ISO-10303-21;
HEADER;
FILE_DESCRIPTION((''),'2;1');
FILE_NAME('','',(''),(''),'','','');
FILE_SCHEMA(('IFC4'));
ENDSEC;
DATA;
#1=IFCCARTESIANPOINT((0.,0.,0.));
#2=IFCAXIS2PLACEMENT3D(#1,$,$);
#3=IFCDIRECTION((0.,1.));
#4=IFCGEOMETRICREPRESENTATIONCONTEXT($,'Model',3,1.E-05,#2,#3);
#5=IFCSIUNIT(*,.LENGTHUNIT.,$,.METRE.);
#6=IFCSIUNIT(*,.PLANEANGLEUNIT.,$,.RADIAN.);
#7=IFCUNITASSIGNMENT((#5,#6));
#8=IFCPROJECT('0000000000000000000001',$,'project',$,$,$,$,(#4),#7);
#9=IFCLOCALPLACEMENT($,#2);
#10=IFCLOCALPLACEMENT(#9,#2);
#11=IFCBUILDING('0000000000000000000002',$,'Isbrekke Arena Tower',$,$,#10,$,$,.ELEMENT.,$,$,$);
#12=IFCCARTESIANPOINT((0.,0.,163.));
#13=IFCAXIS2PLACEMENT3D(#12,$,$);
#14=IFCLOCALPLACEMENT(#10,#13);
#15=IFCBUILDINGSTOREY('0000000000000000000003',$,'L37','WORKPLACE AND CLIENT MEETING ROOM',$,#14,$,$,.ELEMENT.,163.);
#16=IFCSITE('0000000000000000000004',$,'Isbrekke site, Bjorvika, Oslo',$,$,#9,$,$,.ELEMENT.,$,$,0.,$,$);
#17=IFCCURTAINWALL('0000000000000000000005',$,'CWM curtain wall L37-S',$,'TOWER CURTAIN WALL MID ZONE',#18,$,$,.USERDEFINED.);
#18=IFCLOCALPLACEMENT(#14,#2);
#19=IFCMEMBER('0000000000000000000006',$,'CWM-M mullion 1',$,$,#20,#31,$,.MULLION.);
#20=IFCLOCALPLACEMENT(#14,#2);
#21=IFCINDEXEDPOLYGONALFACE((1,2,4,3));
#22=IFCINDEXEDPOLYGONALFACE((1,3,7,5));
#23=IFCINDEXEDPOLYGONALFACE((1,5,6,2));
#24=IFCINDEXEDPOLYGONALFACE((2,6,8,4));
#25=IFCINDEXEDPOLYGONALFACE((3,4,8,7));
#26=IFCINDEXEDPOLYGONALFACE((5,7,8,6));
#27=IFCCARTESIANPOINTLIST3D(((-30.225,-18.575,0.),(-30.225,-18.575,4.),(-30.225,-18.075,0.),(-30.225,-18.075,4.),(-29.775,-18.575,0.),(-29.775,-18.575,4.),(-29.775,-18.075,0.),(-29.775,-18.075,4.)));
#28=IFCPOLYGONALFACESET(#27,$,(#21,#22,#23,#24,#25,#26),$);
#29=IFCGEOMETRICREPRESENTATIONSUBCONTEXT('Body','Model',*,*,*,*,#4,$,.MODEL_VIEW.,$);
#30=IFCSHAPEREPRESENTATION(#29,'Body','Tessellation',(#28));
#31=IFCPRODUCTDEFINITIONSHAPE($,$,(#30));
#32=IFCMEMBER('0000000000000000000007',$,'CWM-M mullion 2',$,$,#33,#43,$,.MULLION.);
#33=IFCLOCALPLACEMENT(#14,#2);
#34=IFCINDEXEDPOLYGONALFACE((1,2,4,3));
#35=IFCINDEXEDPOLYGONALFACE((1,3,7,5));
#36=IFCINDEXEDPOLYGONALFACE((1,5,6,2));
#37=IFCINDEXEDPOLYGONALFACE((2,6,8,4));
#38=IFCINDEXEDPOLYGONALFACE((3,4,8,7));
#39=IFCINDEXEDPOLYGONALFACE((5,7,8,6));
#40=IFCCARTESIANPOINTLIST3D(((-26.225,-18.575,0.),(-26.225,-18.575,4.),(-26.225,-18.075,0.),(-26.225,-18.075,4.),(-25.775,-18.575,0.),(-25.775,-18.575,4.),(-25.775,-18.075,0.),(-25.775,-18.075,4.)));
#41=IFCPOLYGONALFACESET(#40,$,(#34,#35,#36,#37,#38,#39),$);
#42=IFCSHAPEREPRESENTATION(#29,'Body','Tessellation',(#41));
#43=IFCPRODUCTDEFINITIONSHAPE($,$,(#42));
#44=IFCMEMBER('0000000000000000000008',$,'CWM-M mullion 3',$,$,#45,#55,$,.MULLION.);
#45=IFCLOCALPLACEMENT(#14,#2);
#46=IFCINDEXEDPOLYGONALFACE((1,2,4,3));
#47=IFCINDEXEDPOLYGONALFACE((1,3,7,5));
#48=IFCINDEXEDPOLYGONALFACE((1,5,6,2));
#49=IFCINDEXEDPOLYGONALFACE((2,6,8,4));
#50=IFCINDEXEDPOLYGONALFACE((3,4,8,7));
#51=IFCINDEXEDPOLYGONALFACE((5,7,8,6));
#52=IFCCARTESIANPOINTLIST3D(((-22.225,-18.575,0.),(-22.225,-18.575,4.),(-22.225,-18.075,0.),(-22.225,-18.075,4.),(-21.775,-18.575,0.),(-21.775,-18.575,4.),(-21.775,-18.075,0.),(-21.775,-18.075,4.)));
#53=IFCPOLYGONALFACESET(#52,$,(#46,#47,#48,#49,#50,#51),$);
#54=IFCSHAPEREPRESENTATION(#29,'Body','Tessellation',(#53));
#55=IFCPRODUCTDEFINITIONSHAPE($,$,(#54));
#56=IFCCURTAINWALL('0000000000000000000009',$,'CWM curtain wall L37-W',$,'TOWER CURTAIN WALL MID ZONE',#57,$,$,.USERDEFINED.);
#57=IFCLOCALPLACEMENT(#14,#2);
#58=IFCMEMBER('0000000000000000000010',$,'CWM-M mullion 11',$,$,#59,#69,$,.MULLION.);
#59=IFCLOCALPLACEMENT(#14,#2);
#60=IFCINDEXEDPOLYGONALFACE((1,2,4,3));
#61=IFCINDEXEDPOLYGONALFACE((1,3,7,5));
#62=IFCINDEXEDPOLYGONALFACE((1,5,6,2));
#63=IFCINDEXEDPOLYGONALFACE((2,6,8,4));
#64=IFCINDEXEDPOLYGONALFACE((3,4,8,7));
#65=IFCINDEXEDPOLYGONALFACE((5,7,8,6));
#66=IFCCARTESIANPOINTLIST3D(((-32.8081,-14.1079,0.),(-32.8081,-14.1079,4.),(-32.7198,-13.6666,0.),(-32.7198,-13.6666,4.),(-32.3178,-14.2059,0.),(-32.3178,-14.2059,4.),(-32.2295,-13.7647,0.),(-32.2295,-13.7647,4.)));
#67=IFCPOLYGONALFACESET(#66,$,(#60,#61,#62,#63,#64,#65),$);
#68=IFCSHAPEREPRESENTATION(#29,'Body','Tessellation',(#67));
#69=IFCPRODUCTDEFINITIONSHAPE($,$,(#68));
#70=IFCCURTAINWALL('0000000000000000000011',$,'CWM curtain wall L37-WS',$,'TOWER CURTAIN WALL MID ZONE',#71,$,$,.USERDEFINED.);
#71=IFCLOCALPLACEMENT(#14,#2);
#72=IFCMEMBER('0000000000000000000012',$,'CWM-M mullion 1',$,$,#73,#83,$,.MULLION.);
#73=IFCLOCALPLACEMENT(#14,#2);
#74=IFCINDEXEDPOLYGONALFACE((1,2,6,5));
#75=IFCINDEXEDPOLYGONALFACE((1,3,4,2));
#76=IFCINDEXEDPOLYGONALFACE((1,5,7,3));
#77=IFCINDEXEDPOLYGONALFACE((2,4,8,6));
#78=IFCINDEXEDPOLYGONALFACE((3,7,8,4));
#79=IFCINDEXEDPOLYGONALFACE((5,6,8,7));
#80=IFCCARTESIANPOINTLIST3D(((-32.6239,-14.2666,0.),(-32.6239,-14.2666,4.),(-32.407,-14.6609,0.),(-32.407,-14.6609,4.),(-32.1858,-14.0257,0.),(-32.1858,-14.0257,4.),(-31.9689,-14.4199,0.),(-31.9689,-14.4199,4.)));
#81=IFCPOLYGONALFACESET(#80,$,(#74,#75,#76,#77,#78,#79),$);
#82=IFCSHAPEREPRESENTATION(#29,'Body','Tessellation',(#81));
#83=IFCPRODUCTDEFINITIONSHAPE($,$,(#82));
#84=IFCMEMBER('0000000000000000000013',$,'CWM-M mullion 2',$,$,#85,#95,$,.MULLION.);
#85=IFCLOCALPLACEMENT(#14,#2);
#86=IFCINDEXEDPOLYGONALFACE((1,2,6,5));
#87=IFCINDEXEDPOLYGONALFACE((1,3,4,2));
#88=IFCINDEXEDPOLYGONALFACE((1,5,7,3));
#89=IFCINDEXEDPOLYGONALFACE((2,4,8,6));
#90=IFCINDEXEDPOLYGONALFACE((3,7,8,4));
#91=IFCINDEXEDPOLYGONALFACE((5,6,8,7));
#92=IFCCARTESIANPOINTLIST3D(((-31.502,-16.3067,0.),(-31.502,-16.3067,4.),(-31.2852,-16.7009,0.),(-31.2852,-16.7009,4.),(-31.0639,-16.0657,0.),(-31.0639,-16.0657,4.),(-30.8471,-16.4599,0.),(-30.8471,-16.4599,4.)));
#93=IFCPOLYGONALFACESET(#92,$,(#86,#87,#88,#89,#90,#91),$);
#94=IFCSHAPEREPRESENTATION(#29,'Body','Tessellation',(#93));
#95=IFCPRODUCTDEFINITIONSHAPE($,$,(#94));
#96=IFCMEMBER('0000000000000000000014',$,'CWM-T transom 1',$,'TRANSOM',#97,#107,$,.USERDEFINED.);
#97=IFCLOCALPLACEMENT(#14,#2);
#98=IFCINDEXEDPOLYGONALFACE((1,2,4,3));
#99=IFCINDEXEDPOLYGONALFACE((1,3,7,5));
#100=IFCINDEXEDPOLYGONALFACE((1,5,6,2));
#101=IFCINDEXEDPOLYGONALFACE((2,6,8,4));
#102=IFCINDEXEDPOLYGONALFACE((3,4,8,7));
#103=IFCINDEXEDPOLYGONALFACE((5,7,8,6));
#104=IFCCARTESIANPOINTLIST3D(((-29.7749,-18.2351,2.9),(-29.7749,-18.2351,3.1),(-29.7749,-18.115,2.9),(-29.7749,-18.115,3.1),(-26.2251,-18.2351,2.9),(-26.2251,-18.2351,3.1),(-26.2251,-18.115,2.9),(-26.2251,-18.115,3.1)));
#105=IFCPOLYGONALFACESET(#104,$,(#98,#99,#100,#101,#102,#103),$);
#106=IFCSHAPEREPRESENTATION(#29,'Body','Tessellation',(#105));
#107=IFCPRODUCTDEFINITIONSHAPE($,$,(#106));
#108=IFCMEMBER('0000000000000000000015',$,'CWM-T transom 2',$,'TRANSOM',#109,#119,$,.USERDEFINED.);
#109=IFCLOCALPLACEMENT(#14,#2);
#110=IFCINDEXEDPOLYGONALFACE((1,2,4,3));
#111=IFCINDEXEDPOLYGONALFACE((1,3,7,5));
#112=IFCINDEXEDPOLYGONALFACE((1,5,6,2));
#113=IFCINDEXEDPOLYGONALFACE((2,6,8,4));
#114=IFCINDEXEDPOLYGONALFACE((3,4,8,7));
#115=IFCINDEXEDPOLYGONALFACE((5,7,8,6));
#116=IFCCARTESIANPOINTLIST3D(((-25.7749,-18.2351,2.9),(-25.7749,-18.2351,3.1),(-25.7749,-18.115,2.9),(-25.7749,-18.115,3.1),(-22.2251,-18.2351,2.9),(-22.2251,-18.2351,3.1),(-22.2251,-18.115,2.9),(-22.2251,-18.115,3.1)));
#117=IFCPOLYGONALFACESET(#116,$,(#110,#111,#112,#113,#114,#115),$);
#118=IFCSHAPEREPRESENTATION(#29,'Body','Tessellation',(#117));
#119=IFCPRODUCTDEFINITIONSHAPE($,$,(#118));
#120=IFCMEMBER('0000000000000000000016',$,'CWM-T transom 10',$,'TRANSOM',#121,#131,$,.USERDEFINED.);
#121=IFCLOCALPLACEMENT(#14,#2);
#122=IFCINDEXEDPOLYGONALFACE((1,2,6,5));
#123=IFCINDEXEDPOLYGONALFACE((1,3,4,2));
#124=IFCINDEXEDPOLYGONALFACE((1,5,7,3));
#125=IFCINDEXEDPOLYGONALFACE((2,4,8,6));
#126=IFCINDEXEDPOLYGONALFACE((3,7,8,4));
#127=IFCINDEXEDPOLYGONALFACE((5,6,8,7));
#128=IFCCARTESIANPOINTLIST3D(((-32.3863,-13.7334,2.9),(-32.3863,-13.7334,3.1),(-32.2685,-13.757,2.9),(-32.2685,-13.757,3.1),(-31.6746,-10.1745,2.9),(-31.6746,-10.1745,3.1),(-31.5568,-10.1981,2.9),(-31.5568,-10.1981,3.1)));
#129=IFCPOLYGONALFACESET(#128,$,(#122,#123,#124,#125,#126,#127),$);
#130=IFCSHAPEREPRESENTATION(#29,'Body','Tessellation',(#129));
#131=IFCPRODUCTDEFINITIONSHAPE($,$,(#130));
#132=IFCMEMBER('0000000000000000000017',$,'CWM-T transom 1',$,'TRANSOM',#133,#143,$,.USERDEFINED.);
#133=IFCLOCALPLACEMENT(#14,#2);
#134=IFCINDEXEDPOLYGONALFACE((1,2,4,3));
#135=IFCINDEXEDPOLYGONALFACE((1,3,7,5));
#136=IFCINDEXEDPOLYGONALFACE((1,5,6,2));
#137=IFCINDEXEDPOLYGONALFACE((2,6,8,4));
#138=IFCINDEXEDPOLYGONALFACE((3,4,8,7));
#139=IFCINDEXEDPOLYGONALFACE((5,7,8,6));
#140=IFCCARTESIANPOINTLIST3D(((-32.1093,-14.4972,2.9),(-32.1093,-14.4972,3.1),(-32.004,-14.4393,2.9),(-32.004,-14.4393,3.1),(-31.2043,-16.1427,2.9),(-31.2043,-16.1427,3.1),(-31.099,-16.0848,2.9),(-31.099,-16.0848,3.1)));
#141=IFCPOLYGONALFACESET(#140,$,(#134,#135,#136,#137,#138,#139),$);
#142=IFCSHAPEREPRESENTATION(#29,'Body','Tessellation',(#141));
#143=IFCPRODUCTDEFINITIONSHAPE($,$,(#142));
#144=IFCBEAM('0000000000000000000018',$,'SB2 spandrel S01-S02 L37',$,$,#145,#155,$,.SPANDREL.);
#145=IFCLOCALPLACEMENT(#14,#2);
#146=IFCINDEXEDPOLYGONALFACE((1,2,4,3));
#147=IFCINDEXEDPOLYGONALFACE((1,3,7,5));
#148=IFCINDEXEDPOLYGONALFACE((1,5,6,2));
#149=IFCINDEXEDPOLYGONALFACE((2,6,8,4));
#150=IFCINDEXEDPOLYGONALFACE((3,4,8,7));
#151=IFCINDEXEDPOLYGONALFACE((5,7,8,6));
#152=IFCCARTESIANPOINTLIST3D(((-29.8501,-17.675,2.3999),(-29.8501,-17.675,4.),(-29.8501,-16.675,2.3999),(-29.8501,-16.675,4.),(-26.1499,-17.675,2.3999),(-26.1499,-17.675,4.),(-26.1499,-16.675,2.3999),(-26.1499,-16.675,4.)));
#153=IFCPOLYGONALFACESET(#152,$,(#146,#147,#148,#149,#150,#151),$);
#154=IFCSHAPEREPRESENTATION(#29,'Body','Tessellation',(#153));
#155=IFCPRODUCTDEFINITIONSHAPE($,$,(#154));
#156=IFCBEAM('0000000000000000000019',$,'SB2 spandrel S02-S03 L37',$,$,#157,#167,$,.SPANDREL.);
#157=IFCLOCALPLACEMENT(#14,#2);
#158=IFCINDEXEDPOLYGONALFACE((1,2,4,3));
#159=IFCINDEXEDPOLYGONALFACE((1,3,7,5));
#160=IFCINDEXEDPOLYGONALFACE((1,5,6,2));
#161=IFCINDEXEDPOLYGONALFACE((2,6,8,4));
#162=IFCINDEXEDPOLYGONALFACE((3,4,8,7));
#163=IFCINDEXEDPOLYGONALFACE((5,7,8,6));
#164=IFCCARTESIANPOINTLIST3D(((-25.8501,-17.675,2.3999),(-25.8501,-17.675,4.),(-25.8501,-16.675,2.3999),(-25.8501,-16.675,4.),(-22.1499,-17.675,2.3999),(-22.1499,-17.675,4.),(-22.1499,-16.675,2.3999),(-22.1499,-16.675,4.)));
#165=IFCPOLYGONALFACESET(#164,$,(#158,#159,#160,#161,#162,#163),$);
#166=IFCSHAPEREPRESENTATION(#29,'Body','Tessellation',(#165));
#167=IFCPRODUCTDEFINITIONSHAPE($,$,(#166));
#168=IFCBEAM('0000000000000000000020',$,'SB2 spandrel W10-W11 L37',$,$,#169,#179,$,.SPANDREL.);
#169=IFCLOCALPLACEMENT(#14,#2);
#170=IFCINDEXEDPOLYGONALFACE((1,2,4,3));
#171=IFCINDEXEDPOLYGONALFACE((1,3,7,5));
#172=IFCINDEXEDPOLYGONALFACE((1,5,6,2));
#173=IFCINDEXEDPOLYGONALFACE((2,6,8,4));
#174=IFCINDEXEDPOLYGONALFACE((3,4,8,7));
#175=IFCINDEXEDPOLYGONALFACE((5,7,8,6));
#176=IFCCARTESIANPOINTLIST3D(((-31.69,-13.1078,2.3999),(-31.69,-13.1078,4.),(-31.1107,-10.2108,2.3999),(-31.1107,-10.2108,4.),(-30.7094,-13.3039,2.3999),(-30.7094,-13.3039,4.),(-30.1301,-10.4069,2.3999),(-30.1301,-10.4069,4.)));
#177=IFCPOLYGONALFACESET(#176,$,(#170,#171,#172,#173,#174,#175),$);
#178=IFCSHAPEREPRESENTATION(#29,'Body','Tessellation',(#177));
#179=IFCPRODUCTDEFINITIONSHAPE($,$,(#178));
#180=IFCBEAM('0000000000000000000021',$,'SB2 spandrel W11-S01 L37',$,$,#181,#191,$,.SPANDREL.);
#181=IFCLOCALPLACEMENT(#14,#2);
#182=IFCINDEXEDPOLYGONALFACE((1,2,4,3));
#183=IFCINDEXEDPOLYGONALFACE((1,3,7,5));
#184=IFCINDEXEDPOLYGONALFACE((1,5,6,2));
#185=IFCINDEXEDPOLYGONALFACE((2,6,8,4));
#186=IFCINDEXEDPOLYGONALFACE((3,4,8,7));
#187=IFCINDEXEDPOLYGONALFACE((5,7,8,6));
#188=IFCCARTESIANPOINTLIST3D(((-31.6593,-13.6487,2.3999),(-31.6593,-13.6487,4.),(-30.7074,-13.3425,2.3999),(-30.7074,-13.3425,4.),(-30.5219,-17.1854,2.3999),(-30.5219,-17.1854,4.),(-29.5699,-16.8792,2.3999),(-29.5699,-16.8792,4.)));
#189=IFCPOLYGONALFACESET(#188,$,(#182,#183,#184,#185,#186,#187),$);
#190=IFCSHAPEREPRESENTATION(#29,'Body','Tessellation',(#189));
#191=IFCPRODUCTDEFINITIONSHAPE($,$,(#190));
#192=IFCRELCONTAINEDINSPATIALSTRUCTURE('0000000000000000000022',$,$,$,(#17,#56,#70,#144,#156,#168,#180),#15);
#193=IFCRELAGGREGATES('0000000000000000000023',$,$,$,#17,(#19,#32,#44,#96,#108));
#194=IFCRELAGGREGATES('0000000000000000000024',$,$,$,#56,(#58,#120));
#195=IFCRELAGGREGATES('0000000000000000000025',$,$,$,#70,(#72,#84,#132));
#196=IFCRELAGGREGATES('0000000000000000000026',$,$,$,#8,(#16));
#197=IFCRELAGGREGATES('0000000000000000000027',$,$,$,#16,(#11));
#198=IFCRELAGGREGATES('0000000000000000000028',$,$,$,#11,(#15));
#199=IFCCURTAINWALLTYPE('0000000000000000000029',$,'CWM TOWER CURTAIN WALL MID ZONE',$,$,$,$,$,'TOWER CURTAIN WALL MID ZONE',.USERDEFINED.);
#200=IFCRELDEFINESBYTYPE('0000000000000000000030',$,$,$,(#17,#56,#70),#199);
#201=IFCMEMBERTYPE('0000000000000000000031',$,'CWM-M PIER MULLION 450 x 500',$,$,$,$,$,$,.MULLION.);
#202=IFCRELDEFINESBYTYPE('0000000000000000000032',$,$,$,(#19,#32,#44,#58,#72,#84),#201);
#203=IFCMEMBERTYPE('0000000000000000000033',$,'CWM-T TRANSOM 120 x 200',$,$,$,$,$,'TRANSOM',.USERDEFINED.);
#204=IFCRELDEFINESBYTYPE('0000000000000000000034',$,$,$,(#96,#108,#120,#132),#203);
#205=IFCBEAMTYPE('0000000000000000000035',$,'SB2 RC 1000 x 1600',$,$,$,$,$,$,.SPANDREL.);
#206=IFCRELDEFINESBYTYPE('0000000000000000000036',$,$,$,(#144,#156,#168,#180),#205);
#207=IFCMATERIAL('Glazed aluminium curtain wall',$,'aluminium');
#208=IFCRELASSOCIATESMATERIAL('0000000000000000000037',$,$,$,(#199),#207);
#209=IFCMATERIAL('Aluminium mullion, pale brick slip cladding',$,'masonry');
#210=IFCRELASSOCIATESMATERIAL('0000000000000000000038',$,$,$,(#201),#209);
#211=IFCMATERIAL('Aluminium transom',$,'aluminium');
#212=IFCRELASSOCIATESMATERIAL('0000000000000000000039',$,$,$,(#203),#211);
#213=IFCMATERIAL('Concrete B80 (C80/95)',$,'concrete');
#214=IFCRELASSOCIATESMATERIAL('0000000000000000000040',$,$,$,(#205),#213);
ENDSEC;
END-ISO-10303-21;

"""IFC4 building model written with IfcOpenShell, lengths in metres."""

from ifc_helpers import new_model, si_unit, direction, frame, origin, origin_2d, place, context, subcontext, project, spatial, rectangle, extrude, material, material_profile, profile_set, type_object, element, aggregate, save


model = new_model("IFC4")

# Units and contexts
model_context = context("Model", 3, precision=1e-05, world=origin(), true_north=direction((0.0, 1.0)))
body_context = subcontext(model_context, "Body", "Model", "MODEL_VIEW")
ifc_project = project(units=[si_unit("LENGTHUNIT", "METRE"), si_unit("PLANEANGLEUNIT", "RADIAN")], contexts=[model_context])

# Site, building, storey
site_placement = place(None, origin())
site = spatial("IfcSite", under=ifc_project, at=site_placement, Name="Isbrekke site, Bjorvika, Oslo", CompositionType="ELEMENT", RefElevation=0.0)
building_placement = place(site_placement, origin())
building = spatial("IfcBuilding", under=site, at=building_placement, Name="Isbrekke Arena Tower", CompositionType="ELEMENT")
storey_placement = place(building_placement, frame((0.0, 0.0, 163.0)))
storey = spatial("IfcBuildingStorey", under=building, at=storey_placement, Name="L37", Description="WORKPLACE AND CLIENT MEETING ROOM", CompositionType="ELEMENT", Elevation=163.0)

# Curtain wall, members
ifc_material_1 = material(Name="Glazed aluminium curtain wall", Category="aluminium")
curtain_wall_type = type_object("IfcCurtainWallType", Name="CWM TOWER CURTAIN WALL MID ZONE", ElementType="TOWER CURTAIN WALL MID ZONE", PredefinedType="USERDEFINED", material=ifc_material_1)
curtain_wall_1_placement = place(storey_placement, origin())
curtain_wall_1 = element("IfcCurtainWall", 1, at=curtain_wall_1_placement, inside=storey, type_object=curtain_wall_type, Name="CWM curtain wall L37-S", ObjectType="TOWER CURTAIN WALL MID ZONE", PredefinedType="USERDEFINED")
ifc_material_2 = material(Name="Aluminium mullion, pale brick slip cladding", Category="masonry")
ifc_material_profile_1 = material_profile(ifc_material_2, rectangle(XDim=0.45, YDim=0.5, at=origin_2d()), Name="PIER 450X500")
ifc_profile_set_1 = profile_set([ifc_material_profile_1], Name="Aluminium mullion, pale brick slip cladding")
member_type_1 = type_object("IfcMemberType", Name="CWM-M PIER MULLION 450 x 500", PredefinedType="MULLION", material=ifc_profile_set_1)
member_1_placement = place(storey_placement, frame((-30.0, -18.325, 0.0), z_axis=(0.0, 0.0, 1.0), x_axis=(1.0, 0.0, 0.0)))
member_1 = element("IfcMember", 2, at=member_1_placement, type_object=member_type_1, Name="CWM-M mullion 1", PredefinedType="MULLION", context=body_context, shape_type="SweptSolid", body=[
    extrude(rectangle(XDim=0.45, YDim=0.5, at=origin_2d()), origin(), (0.0, 0.0, 1.0), 4.0),
])
member_2_placement = place(storey_placement, frame((-26.0, -18.325, 0.0), z_axis=(0.0, 0.0, 1.0), x_axis=(1.0, 0.0, 0.0)))
member_2 = element("IfcMember", 3, at=member_2_placement, type_object=member_type_1, Name="CWM-M mullion 2", PredefinedType="MULLION", context=body_context, shape_type="SweptSolid", body=[
    extrude(rectangle(XDim=0.45, YDim=0.5, at=origin_2d()), origin(), (0.0, 0.0, 1.0), 4.0),
])
member_3_placement = place(storey_placement, frame((-22.0, -18.325, 0.0), z_axis=(0.0, 0.0, 1.0), x_axis=(1.0, 0.0, 0.0)))
member_3 = element("IfcMember", 4, at=member_3_placement, type_object=member_type_1, Name="CWM-M mullion 3", PredefinedType="MULLION", context=body_context, shape_type="SweptSolid", body=[
    extrude(rectangle(XDim=0.45, YDim=0.5, at=origin_2d()), origin(), (0.0, 0.0, 1.0), 4.0),
])

# Curtain wall, member
curtain_wall_2_placement = place(storey_placement, origin())
curtain_wall_2 = element("IfcCurtainWall", 5, at=curtain_wall_2_placement, inside=storey, type_object=curtain_wall_type, Name="CWM curtain wall L37-W", ObjectType="TOWER CURTAIN WALL MID ZONE", PredefinedType="USERDEFINED")
member_4_placement = place(storey_placement, frame((-32.5188, -13.9363, 0.0), z_axis=(0.0, 0.0, 1.0), x_axis=(-0.196116, -0.980581, 0.0)))
member_4 = element("IfcMember", 6, at=member_4_placement, type_object=member_type_1, Name="CWM-M mullion 11", PredefinedType="MULLION", context=body_context, shape_type="SweptSolid", body=[
    extrude(rectangle(XDim=0.45, YDim=0.5, at=origin_2d()), origin(), (0.0, 0.0, 1.0), 4.0),
])

# Curtain wall, members
curtain_wall_3_placement = place(storey_placement, origin())
curtain_wall_3 = element("IfcCurtainWall", 7, at=curtain_wall_3_placement, inside=storey, type_object=curtain_wall_type, Name="CWM curtain wall L37-WS", ObjectType="TOWER CURTAIN WALL MID ZONE", PredefinedType="USERDEFINED")
member_5_placement = place(storey_placement, frame((-32.2964, -14.3433, 0.0), z_axis=(0.0, 0.0, 1.0), x_axis=(0.481919, -0.876216, 0.0)))
member_5 = element("IfcMember", 8, at=member_5_placement, type_object=member_type_1, Name="CWM-M mullion 1", PredefinedType="MULLION", context=body_context, shape_type="SweptSolid", body=[
    extrude(rectangle(XDim=0.45, YDim=0.5, at=origin_2d()), origin(), (0.0, 0.0, 1.0), 4.0),
])
member_6_placement = place(storey_placement, frame((-31.1746, -16.3833, 0.0), z_axis=(0.0, 0.0, 1.0), x_axis=(0.481919, -0.876216, 0.0)))
member_6 = element("IfcMember", 9, at=member_6_placement, type_object=member_type_1, Name="CWM-M mullion 2", PredefinedType="MULLION", context=body_context, shape_type="SweptSolid", body=[
    extrude(rectangle(XDim=0.45, YDim=0.5, at=origin_2d()), origin(), (0.0, 0.0, 1.0), 4.0),
])

# Members
ifc_material_3 = material(Name="Aluminium transom", Category="aluminium")
ifc_material_profile_2 = material_profile(ifc_material_3, rectangle(XDim=0.1201, YDim=0.2, at=origin_2d()), Name="TRANSOM 120X200")
ifc_profile_set_2 = profile_set([ifc_material_profile_2], Name="Aluminium transom")
member_type_2 = type_object("IfcMemberType", Name="CWM-T TRANSOM 120 x 200", ElementType="TRANSOM", PredefinedType="USERDEFINED", material=ifc_profile_set_2)
member_7_placement = place(storey_placement, frame((-29.7749, -18.175, 3.0), z_axis=(1.0, 0.0, 0.0), x_axis=(0.0, 1.0, 0.0)))
member_7 = element("IfcMember", 10, at=member_7_placement, type_object=member_type_2, Name="CWM-T transom 1", ObjectType="TRANSOM", PredefinedType="USERDEFINED", context=body_context, shape_type="SweptSolid", body=[
    extrude(rectangle(XDim=0.1201, YDim=0.2, at=origin_2d()), origin(), (0.0, 0.0, 1.0), 3.5498),
])
member_8_placement = place(storey_placement, frame((-25.7749, -18.175, 3.0), z_axis=(1.0, 0.0, 0.0), x_axis=(0.0, 1.0, 0.0)))
member_8 = element("IfcMember", 11, at=member_8_placement, type_object=member_type_2, Name="CWM-T transom 2", ObjectType="TRANSOM", PredefinedType="USERDEFINED", context=body_context, shape_type="SweptSolid", body=[
    extrude(rectangle(XDim=0.1201, YDim=0.2, at=origin_2d()), origin(), (0.0, 0.0, 1.0), 3.5498),
])
member_9_placement = place(storey_placement, frame((-31.6157, -10.1863, 3.0), z_axis=(-0.19609, -0.980586, 0.0), x_axis=(0.980586, -0.19609, 0.0)))
member_9 = element("IfcMember", 12, at=member_9_placement, type_object=member_type_2, Name="CWM-T transom 10", ObjectType="TRANSOM", PredefinedType="USERDEFINED", context=body_context, shape_type="SweptSolid", body=[
    extrude(rectangle(XDim=0.1201, YDim=0.2, at=origin_2d()), origin(), (0.0, 0.0, 1.0), 3.6294),
])
member_10_placement = place(storey_placement, frame((-32.0566, -14.4683, 3.0), z_axis=(0.481919, -0.876216, 0.0), x_axis=(0.876216, 0.481919, 0.0)))
member_10 = element("IfcMember", 13, at=member_10_placement, type_object=member_type_2, Name="CWM-T transom 1", ObjectType="TRANSOM", PredefinedType="USERDEFINED", context=body_context, shape_type="SweptSolid", body=[
    extrude(rectangle(XDim=0.1201, YDim=0.2, at=origin_2d()), origin(), (0.0, 0.0, 1.0), 1.8779),
])

# Beams
ifc_material_4 = material(Name="Concrete B80 (C80/95)", Category="concrete")
ifc_material_profile_3 = material_profile(ifc_material_4, rectangle(XDim=1.0, YDim=1.6001, at=origin_2d()), Name="RC 1000x1600")
ifc_profile_set_3 = profile_set([ifc_material_profile_3], Name="Concrete B80 (C80/95)")
beam_type_1 = type_object("IfcBeamType", Name="SB2 RC 1000 x 1600", PredefinedType="SPANDREL", material=ifc_profile_set_3)
for number, where, z_axis, x_axis, name in (
    (14, (-29.8501, -17.175, 3.2), (1.0, 0.0, 0.0), (0.0, 1.0, 0.0), "SB2 spandrel S01-S02 L37"),
    (15, (-25.8501, -17.175, 3.2), (1.0, 0.0, 0.0), (0.0, 1.0, 0.0), "SB2 spandrel S02-S03 L37"),
):
    element("IfcBeam", number, at=place(storey_placement, frame(where, z_axis=z_axis, x_axis=x_axis)), inside=storey, type_object=beam_type_1, Name=name, PredefinedType="SPANDREL", context=body_context, shape_type="SweptSolid", body=[
        extrude(rectangle(XDim=1.0, YDim=1.6001, at=origin_2d()), origin(), (0.0, 0.0, 1.0), 3.7002),
    ])
beam_1_placement = place(storey_placement, frame((-30.6204, -10.3088, 3.2), z_axis=(-0.1961, -0.980584, 0.0), x_axis=(0.980584, -0.1961, 0.0)))
element("IfcBeam", 16, at=beam_1_placement, inside=storey, type_object=beam_type_1, Name="SB2 spandrel W10-W11 L37", PredefinedType="SPANDREL", context=body_context, shape_type="SweptSolid", body=[
    extrude(rectangle(XDim=1.0, YDim=1.6001, at=origin_2d()), origin(), (0.0, 0.0, 1.0), 2.9543),
])
beam_2_placement = place(storey_placement, frame((-31.1833, -13.4956, 3.2), z_axis=(0.306175, -0.951975, 0.0), x_axis=(0.951975, 0.306175, 0.0)))
element("IfcBeam", 17, at=beam_2_placement, inside=storey, type_object=beam_type_1, Name="SB2 spandrel W11-S01 L37", PredefinedType="SPANDREL", context=body_context, shape_type="SweptSolid", body=[
    extrude(rectangle(XDim=1.0, YDim=1.6001, at=origin_2d()), origin(), (0.0, 0.0, 1.0), 3.7151),
])

aggregate(curtain_wall_1, [member_1, member_2, member_3, member_7, member_8])
aggregate(curtain_wall_2, [member_4, member_9])
aggregate(curtain_wall_3, [member_5, member_6, member_10])

save(model, "model.ifc")
